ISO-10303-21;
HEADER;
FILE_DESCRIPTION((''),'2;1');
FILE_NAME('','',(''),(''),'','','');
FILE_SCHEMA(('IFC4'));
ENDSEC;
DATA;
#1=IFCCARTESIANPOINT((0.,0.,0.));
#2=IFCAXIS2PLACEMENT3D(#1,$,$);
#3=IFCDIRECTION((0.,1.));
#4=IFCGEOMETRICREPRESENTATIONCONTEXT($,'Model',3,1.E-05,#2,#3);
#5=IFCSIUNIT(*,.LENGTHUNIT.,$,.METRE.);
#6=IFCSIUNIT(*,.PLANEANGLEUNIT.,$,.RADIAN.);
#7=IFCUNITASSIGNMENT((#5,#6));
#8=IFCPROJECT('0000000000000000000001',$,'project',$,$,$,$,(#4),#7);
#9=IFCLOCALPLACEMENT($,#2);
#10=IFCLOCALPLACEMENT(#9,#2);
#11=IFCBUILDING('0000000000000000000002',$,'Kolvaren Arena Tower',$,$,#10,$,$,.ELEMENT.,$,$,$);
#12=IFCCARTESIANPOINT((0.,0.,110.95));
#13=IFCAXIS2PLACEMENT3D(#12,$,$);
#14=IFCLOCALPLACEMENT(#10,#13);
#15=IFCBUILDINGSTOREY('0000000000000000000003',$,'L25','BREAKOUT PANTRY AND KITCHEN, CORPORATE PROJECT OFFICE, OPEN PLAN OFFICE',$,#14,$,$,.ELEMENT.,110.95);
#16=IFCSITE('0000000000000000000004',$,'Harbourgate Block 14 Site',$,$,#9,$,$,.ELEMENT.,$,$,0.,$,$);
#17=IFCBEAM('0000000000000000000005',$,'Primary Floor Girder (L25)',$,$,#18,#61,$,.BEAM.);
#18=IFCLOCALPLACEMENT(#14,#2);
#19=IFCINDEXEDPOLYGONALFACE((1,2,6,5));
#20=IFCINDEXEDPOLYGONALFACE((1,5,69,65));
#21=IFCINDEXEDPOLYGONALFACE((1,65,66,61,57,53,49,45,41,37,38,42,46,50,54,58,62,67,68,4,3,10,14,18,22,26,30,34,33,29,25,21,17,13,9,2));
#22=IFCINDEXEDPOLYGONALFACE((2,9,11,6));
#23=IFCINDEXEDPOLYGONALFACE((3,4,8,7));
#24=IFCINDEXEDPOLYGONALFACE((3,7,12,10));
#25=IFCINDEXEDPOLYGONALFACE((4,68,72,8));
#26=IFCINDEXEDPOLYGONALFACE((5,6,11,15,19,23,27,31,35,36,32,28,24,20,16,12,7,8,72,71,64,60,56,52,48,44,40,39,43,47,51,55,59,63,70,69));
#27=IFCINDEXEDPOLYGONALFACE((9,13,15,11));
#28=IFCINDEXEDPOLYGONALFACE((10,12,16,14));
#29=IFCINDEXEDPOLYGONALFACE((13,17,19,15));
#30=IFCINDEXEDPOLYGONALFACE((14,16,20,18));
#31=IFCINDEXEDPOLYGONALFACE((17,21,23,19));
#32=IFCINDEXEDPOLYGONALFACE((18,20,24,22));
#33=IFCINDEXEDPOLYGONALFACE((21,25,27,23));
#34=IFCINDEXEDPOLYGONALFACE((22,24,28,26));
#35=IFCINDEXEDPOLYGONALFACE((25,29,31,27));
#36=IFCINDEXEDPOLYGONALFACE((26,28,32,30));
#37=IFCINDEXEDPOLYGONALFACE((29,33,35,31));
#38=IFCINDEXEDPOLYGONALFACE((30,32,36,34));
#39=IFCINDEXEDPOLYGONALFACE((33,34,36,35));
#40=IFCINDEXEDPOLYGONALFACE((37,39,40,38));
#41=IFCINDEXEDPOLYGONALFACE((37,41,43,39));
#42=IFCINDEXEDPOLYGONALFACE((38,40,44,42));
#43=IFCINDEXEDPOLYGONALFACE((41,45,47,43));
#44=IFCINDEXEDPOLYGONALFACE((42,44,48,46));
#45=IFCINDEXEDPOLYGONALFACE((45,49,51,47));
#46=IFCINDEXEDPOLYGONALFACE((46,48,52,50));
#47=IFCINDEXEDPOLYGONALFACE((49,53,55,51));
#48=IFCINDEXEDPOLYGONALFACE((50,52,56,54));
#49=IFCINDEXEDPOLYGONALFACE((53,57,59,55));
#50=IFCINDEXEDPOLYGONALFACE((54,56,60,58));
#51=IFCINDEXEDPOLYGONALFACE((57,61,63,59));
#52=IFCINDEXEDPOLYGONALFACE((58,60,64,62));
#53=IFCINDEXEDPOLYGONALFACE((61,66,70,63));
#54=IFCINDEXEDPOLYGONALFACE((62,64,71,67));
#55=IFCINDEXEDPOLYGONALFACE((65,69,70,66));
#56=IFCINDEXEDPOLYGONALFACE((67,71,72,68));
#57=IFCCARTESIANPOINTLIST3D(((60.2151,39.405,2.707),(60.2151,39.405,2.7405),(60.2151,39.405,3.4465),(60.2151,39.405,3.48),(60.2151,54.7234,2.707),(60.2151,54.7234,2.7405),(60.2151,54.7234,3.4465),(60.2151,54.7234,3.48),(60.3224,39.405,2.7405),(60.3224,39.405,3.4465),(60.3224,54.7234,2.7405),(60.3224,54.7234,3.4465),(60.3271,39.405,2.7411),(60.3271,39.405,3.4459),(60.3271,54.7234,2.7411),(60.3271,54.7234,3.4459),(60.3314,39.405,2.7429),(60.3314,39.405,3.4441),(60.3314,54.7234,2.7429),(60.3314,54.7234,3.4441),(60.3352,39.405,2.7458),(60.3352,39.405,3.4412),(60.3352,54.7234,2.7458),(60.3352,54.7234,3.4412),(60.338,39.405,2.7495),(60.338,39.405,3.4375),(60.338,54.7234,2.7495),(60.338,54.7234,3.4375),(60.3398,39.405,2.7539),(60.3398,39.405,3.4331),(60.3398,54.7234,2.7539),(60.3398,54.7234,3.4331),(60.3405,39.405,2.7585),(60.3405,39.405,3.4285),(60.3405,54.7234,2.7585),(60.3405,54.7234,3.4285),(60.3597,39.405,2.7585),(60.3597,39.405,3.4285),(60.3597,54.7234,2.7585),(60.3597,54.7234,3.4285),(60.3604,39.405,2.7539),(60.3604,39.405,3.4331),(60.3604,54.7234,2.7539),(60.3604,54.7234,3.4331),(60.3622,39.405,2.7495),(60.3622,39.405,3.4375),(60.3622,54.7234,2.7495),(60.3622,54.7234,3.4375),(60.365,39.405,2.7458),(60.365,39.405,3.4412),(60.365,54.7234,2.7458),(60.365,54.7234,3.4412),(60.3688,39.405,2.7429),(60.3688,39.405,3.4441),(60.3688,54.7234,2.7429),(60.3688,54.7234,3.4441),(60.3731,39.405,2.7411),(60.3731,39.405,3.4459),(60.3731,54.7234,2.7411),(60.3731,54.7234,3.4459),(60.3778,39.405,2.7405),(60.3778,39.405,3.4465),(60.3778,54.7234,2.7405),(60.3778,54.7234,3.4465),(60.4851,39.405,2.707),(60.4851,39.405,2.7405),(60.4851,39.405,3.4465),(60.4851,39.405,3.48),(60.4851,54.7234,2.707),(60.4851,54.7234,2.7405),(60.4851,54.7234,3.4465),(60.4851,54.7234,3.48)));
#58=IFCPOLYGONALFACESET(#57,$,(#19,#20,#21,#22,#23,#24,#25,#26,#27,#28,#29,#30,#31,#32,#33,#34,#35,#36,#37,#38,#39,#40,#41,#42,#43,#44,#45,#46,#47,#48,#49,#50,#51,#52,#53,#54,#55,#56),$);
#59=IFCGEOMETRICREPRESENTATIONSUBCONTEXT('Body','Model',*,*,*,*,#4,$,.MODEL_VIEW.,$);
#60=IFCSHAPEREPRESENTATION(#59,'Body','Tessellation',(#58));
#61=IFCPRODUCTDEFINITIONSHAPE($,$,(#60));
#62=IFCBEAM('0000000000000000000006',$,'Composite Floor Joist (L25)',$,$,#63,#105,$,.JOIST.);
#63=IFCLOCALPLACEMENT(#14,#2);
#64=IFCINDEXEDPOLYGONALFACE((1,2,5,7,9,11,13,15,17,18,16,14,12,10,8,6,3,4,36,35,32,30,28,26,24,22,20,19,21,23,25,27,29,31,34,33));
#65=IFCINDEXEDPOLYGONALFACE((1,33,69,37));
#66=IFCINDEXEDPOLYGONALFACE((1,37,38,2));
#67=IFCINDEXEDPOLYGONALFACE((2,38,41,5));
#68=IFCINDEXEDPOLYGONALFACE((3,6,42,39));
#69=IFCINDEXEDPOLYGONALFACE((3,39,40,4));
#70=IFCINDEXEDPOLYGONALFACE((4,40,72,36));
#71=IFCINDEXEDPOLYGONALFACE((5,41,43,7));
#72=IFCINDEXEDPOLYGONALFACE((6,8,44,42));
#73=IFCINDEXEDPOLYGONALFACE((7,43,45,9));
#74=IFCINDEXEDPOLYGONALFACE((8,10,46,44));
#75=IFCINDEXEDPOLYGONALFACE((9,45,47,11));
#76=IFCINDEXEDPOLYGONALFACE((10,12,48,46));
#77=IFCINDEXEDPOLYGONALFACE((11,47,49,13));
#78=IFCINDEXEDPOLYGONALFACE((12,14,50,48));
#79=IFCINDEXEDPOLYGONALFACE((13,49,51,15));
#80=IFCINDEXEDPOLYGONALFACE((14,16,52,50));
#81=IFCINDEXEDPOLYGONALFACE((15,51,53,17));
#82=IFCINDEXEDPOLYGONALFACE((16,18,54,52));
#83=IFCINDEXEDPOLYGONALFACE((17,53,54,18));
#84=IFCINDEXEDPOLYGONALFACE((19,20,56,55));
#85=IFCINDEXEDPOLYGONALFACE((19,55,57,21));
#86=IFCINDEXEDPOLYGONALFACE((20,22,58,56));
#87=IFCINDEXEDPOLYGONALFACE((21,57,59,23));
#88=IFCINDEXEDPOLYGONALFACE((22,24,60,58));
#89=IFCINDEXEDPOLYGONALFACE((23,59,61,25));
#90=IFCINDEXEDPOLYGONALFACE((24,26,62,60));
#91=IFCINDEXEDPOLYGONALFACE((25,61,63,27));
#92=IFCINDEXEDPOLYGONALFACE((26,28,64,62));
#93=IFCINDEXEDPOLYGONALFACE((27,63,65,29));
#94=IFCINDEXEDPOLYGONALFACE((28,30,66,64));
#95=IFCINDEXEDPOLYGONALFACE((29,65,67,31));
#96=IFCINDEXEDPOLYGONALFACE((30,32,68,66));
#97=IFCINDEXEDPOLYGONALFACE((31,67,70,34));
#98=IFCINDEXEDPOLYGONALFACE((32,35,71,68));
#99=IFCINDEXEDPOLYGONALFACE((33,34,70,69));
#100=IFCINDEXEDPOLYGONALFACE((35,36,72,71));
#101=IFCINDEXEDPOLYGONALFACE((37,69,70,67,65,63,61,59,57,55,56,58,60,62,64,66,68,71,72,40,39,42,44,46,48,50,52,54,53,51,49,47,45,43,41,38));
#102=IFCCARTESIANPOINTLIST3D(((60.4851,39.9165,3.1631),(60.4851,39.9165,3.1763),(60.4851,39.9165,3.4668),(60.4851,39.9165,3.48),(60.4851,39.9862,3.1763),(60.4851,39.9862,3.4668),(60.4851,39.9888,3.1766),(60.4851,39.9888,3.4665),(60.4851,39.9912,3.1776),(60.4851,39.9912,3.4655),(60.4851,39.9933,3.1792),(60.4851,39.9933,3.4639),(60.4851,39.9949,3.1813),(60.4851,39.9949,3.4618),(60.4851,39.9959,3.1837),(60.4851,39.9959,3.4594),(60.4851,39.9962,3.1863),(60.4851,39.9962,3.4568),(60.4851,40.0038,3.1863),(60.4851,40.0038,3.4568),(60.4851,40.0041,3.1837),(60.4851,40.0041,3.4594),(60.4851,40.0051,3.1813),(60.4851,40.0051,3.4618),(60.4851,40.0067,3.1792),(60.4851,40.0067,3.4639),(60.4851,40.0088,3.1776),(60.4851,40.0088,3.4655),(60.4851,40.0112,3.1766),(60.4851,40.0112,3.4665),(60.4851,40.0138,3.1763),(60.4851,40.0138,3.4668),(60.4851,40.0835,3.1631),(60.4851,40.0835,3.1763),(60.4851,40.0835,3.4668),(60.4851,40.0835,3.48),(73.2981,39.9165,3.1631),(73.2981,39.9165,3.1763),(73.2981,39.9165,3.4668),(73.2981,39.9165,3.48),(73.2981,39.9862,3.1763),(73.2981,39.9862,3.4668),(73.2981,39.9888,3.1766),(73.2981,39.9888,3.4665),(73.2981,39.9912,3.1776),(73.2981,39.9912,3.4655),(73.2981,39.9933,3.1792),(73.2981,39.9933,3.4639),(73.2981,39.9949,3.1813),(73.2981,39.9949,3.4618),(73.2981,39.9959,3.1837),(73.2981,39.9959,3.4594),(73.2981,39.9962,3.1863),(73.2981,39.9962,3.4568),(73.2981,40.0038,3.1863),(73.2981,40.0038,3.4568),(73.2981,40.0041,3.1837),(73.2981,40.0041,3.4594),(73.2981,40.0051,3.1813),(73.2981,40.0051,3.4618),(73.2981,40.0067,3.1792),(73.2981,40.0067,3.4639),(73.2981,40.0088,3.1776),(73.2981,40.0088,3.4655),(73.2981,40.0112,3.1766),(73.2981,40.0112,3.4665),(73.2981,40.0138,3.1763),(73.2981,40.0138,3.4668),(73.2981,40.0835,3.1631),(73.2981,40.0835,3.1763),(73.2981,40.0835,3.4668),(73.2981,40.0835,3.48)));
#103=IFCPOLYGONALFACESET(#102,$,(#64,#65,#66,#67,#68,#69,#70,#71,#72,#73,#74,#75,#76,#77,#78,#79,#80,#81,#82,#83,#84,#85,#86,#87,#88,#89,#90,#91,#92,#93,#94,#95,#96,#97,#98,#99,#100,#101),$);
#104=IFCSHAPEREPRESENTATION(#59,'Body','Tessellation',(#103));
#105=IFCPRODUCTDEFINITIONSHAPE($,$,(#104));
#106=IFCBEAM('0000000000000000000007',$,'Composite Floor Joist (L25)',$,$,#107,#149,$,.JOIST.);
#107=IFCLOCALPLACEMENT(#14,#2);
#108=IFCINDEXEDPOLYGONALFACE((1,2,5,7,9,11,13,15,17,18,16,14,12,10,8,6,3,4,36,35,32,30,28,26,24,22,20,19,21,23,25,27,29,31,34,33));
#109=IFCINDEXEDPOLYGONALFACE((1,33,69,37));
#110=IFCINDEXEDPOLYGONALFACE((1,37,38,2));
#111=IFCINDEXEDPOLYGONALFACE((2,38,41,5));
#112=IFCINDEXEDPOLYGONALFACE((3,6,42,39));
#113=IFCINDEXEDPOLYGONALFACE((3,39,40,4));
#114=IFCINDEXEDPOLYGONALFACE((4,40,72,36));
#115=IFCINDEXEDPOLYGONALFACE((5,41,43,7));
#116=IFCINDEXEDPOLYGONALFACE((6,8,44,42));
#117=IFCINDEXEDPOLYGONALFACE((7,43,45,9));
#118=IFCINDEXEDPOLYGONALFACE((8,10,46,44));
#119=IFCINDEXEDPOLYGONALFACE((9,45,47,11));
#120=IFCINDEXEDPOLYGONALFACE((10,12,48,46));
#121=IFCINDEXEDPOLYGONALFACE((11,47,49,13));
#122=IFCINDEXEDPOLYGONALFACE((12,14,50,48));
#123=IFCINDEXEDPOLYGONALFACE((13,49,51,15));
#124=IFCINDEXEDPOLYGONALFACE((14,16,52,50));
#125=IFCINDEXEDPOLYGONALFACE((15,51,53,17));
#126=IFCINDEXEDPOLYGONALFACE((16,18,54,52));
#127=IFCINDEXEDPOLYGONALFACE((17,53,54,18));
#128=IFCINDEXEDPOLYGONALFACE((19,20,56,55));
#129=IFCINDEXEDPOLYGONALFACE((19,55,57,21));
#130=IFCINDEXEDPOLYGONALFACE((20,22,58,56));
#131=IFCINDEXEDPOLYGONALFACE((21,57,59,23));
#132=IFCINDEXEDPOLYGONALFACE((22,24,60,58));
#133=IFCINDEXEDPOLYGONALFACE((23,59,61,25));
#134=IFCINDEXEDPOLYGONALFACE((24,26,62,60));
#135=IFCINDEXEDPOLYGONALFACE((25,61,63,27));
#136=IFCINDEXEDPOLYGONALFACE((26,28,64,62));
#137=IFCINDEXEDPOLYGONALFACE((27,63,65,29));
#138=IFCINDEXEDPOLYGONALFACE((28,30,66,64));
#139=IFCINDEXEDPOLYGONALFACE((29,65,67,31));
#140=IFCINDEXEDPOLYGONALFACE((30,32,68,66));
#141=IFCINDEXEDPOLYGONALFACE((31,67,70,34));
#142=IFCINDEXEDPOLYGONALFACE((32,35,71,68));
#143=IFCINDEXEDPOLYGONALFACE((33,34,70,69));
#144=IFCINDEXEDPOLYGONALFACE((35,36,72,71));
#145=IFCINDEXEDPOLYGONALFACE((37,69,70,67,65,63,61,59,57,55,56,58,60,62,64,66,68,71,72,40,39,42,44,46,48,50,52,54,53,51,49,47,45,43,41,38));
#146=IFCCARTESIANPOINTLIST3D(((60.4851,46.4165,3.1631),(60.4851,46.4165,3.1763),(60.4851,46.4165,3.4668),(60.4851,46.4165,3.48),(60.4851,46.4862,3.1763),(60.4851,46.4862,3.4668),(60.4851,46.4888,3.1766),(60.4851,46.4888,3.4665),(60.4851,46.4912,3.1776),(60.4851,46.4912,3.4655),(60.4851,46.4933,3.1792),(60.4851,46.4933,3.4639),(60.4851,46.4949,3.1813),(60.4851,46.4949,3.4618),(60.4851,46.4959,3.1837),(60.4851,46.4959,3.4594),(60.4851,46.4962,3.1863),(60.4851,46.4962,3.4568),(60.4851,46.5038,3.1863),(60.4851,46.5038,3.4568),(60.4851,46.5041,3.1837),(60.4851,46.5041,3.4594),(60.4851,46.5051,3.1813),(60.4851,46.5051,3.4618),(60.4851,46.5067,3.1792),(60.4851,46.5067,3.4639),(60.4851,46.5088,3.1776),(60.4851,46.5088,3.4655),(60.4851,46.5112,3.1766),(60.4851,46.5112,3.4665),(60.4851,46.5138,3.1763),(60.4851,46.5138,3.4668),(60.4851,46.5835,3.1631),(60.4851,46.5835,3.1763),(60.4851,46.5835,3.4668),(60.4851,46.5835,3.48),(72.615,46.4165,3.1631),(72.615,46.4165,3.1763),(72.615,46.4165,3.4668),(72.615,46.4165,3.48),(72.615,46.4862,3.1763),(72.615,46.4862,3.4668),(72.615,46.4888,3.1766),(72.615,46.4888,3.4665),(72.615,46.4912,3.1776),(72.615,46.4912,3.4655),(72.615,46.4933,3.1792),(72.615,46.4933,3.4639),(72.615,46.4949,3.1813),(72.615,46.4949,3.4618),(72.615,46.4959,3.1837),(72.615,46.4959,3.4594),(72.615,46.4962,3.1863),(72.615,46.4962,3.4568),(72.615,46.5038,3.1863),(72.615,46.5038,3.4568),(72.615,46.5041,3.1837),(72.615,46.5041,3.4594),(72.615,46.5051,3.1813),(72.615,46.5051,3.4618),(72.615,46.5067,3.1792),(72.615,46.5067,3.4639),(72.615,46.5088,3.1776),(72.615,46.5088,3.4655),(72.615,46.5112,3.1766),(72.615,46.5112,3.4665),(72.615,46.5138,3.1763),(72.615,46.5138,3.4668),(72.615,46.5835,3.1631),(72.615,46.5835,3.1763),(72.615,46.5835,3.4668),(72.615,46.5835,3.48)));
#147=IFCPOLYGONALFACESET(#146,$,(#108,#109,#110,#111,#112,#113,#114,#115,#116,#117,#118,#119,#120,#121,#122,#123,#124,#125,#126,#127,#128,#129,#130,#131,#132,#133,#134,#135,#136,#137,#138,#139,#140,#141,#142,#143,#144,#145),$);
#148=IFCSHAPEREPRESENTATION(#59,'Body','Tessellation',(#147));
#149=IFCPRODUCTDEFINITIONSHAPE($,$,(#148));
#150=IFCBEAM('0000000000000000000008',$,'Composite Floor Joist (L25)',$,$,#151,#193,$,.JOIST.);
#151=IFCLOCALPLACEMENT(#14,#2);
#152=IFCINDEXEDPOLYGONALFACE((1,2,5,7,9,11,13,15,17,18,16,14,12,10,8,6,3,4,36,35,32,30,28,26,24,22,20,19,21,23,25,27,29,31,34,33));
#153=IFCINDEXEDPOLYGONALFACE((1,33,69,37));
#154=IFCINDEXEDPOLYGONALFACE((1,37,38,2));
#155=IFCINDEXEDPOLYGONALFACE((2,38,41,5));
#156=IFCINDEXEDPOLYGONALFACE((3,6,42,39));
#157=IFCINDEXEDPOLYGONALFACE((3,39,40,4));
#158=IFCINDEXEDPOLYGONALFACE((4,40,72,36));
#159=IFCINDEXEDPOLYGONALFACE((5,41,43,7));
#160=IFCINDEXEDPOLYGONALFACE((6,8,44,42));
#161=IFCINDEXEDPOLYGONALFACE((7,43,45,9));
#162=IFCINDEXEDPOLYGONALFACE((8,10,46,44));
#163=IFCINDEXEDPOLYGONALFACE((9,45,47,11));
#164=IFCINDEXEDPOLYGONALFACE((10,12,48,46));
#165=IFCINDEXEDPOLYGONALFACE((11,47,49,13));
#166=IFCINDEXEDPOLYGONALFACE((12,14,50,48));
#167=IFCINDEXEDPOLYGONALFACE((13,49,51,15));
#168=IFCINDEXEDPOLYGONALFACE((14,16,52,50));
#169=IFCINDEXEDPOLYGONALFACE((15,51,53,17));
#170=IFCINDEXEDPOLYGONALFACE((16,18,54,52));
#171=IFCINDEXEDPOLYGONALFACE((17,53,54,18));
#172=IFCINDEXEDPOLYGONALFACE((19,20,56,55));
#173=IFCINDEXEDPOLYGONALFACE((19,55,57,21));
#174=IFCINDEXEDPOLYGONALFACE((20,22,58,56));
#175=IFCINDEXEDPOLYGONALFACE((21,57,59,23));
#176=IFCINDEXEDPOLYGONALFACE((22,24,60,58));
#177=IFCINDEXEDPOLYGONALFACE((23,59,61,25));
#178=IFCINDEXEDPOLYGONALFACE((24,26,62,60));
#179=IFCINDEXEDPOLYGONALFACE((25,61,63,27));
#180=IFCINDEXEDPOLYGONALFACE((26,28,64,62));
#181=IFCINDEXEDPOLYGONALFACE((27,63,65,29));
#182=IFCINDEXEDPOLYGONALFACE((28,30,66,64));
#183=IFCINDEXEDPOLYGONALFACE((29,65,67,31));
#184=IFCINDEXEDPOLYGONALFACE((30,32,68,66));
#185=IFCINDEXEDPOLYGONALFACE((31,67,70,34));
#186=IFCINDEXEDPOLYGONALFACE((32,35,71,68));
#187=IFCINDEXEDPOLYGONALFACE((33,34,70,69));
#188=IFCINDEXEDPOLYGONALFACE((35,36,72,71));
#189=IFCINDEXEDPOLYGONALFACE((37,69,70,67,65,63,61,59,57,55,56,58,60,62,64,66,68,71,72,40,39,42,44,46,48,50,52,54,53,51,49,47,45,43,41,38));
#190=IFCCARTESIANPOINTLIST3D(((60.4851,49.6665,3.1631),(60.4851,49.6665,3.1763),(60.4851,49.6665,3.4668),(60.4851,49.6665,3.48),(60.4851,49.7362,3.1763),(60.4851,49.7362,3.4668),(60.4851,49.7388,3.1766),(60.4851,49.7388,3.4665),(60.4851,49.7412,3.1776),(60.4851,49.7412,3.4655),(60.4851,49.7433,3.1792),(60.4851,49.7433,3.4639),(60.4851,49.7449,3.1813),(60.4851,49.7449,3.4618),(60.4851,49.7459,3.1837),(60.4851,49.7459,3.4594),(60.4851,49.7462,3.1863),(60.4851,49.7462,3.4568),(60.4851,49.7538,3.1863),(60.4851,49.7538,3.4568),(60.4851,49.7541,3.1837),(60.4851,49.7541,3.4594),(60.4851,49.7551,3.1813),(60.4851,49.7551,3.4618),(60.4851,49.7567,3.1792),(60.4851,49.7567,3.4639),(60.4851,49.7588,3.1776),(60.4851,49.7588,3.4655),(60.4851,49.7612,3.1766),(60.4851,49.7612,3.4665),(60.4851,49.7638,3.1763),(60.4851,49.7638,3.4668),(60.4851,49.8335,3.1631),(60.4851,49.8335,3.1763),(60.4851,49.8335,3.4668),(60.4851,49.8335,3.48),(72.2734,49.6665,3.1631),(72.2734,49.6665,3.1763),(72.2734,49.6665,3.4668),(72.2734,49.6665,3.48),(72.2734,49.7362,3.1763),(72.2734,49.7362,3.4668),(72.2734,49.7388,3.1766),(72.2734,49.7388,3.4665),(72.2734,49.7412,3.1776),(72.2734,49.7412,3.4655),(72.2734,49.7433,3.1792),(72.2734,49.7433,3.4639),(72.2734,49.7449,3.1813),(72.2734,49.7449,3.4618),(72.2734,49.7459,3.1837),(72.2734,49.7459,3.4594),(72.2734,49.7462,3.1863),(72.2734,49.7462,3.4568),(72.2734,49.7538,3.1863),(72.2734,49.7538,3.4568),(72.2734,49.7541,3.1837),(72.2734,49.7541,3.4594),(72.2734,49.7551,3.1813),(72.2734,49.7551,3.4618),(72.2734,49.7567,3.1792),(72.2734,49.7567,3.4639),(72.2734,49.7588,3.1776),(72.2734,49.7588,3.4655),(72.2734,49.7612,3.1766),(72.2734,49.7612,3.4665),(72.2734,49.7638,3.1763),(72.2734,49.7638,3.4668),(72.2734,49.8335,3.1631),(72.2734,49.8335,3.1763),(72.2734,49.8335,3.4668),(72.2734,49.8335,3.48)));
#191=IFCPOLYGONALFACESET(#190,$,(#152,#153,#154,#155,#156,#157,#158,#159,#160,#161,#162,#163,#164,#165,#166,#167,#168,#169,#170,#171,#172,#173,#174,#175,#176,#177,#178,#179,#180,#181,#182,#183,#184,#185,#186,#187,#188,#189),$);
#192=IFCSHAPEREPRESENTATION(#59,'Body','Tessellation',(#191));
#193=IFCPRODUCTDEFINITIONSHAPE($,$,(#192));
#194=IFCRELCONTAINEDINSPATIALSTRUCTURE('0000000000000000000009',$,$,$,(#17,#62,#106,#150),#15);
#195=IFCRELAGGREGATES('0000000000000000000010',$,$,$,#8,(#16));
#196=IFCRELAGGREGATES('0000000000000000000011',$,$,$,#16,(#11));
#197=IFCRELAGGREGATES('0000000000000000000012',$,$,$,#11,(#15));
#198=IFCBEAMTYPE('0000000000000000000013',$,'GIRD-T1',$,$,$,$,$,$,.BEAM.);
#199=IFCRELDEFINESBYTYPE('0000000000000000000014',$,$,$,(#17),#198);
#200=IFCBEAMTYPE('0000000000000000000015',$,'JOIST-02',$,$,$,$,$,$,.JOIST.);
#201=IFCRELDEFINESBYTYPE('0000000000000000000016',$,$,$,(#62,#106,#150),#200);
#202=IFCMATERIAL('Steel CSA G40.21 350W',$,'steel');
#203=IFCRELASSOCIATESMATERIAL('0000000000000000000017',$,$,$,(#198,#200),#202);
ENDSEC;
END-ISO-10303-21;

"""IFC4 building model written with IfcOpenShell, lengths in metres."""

from ifc_helpers import new_model, si_unit, direction, frame, origin, origin_2d, place, context, subcontext, project, spatial, i_section, extrude, material, material_profile, profile_set, type_object, element, save


model = new_model("IFC4")

# Units and contexts
model_context = context("Model", 3, precision=1e-05, world=origin(), true_north=direction((0.0, 1.0)))
body_context = subcontext(model_context, "Body", "Model", "MODEL_VIEW")
ifc_project = project(units=[si_unit("LENGTHUNIT", "METRE"), si_unit("PLANEANGLEUNIT", "RADIAN")], contexts=[model_context])

# Site, building, storey
site_placement = place(None, origin())
site = spatial("IfcSite", under=ifc_project, at=site_placement, Name="Harbourgate Block 14 Site", CompositionType="ELEMENT", RefElevation=0.0)
building_placement = place(site_placement, origin())
building = spatial("IfcBuilding", under=site, at=building_placement, Name="Kolvaren Arena Tower", CompositionType="ELEMENT")
storey_placement = place(building_placement, frame((0.0, 0.0, 110.95)))
storey = spatial("IfcBuildingStorey", under=building, at=storey_placement, Name="L25", Description="BREAKOUT PANTRY AND KITCHEN, CORPORATE PROJECT OFFICE, OPEN PLAN OFFICE", CompositionType="ELEMENT", Elevation=110.95)

# Beams
ifc_material_1 = material(Name="Steel CSA G40.21 350W", Category="steel")
ifc_material_profile_1 = material_profile(ifc_material_1, i_section(OverallWidth=0.27, OverallDepth=0.7729, WebThickness=0.0193, FlangeThickness=0.0334, FilletRadius=0.0181, at=origin_2d()), Name="W760x257")
ifc_profile_set_1 = profile_set([ifc_material_profile_1], Name="Steel CSA G40.21 350W")
beam_type_1 = type_object("IfcBeamType", Name="GIRD-T1", PredefinedType="BEAM", material=ifc_profile_set_1)
beam_1_placement = place(storey_placement, frame((60.3501, 39.405, 3.0935), z_axis=(0.0, 1.0, 0.0), x_axis=(-1.0, 0.0, 0.0)))
element("IfcBeam", 1, at=beam_1_placement, inside=storey, type_object=beam_type_1, Name="Primary Floor Girder (L25)", PredefinedType="BEAM", context=body_context, shape_type="SweptSolid", body=[
    extrude(i_section(OverallWidth=0.27, OverallDepth=0.7729, WebThickness=0.0193, FlangeThickness=0.0334, FilletRadius=0.0181, at=origin_2d()), origin(), (0.0, 0.0, 1.0), 15.3184),
])
ifc_material_profile_2 = material_profile(ifc_material_1, i_section(OverallWidth=0.167, OverallDepth=0.3169, WebThickness=0.0076, FlangeThickness=0.0132, FilletRadius=0.01, at=origin_2d()), Name="W310x52")
ifc_profile_set_2 = profile_set([ifc_material_profile_2], Name="Steel CSA G40.21 350W")
beam_type_2 = type_object("IfcBeamType", Name="JOIST-02", PredefinedType="JOIST", material=ifc_profile_set_2)
beam_2_placement = place(storey_placement, frame((60.4851, 40.0, 3.3215), z_axis=(1.0, 0.0, 0.0), x_axis=(0.0, 1.0, 0.0)))
element("IfcBeam", 2, at=beam_2_placement, inside=storey, type_object=beam_type_2, Name="Composite Floor Joist (L25)", PredefinedType="JOIST", context=body_context, shape_type="SweptSolid", body=[
    extrude(i_section(OverallWidth=0.167, OverallDepth=0.3169, WebThickness=0.0076, FlangeThickness=0.0132, FilletRadius=0.01, at=origin_2d()), origin(), (0.0, 0.0, 1.0), 12.813),
])
beam_3_placement = place(storey_placement, frame((60.4851, 46.5, 3.3215), z_axis=(1.0, 0.0, 0.0), x_axis=(0.0, 1.0, 0.0)))
element("IfcBeam", 3, at=beam_3_placement, inside=storey, type_object=beam_type_2, Name="Composite Floor Joist (L25)", PredefinedType="JOIST", context=body_context, shape_type="SweptSolid", body=[
    extrude(i_section(OverallWidth=0.167, OverallDepth=0.3169, WebThickness=0.0076, FlangeThickness=0.0132, FilletRadius=0.01, at=origin_2d()), origin(), (0.0, 0.0, 1.0), 12.1299),
])
beam_4_placement = place(storey_placement, frame((60.4851, 49.75, 3.3215), z_axis=(1.0, 0.0, 0.0), x_axis=(0.0, 1.0, 0.0)))
element("IfcBeam", 4, at=beam_4_placement, inside=storey, type_object=beam_type_2, Name="Composite Floor Joist (L25)", PredefinedType="JOIST", context=body_context, shape_type="SweptSolid", body=[
    extrude(i_section(OverallWidth=0.167, OverallDepth=0.3169, WebThickness=0.0076, FlangeThickness=0.0132, FilletRadius=0.01, at=origin_2d()), origin(), (0.0, 0.0, 1.0), 11.7883),
])

save(model, "model.ifc")
